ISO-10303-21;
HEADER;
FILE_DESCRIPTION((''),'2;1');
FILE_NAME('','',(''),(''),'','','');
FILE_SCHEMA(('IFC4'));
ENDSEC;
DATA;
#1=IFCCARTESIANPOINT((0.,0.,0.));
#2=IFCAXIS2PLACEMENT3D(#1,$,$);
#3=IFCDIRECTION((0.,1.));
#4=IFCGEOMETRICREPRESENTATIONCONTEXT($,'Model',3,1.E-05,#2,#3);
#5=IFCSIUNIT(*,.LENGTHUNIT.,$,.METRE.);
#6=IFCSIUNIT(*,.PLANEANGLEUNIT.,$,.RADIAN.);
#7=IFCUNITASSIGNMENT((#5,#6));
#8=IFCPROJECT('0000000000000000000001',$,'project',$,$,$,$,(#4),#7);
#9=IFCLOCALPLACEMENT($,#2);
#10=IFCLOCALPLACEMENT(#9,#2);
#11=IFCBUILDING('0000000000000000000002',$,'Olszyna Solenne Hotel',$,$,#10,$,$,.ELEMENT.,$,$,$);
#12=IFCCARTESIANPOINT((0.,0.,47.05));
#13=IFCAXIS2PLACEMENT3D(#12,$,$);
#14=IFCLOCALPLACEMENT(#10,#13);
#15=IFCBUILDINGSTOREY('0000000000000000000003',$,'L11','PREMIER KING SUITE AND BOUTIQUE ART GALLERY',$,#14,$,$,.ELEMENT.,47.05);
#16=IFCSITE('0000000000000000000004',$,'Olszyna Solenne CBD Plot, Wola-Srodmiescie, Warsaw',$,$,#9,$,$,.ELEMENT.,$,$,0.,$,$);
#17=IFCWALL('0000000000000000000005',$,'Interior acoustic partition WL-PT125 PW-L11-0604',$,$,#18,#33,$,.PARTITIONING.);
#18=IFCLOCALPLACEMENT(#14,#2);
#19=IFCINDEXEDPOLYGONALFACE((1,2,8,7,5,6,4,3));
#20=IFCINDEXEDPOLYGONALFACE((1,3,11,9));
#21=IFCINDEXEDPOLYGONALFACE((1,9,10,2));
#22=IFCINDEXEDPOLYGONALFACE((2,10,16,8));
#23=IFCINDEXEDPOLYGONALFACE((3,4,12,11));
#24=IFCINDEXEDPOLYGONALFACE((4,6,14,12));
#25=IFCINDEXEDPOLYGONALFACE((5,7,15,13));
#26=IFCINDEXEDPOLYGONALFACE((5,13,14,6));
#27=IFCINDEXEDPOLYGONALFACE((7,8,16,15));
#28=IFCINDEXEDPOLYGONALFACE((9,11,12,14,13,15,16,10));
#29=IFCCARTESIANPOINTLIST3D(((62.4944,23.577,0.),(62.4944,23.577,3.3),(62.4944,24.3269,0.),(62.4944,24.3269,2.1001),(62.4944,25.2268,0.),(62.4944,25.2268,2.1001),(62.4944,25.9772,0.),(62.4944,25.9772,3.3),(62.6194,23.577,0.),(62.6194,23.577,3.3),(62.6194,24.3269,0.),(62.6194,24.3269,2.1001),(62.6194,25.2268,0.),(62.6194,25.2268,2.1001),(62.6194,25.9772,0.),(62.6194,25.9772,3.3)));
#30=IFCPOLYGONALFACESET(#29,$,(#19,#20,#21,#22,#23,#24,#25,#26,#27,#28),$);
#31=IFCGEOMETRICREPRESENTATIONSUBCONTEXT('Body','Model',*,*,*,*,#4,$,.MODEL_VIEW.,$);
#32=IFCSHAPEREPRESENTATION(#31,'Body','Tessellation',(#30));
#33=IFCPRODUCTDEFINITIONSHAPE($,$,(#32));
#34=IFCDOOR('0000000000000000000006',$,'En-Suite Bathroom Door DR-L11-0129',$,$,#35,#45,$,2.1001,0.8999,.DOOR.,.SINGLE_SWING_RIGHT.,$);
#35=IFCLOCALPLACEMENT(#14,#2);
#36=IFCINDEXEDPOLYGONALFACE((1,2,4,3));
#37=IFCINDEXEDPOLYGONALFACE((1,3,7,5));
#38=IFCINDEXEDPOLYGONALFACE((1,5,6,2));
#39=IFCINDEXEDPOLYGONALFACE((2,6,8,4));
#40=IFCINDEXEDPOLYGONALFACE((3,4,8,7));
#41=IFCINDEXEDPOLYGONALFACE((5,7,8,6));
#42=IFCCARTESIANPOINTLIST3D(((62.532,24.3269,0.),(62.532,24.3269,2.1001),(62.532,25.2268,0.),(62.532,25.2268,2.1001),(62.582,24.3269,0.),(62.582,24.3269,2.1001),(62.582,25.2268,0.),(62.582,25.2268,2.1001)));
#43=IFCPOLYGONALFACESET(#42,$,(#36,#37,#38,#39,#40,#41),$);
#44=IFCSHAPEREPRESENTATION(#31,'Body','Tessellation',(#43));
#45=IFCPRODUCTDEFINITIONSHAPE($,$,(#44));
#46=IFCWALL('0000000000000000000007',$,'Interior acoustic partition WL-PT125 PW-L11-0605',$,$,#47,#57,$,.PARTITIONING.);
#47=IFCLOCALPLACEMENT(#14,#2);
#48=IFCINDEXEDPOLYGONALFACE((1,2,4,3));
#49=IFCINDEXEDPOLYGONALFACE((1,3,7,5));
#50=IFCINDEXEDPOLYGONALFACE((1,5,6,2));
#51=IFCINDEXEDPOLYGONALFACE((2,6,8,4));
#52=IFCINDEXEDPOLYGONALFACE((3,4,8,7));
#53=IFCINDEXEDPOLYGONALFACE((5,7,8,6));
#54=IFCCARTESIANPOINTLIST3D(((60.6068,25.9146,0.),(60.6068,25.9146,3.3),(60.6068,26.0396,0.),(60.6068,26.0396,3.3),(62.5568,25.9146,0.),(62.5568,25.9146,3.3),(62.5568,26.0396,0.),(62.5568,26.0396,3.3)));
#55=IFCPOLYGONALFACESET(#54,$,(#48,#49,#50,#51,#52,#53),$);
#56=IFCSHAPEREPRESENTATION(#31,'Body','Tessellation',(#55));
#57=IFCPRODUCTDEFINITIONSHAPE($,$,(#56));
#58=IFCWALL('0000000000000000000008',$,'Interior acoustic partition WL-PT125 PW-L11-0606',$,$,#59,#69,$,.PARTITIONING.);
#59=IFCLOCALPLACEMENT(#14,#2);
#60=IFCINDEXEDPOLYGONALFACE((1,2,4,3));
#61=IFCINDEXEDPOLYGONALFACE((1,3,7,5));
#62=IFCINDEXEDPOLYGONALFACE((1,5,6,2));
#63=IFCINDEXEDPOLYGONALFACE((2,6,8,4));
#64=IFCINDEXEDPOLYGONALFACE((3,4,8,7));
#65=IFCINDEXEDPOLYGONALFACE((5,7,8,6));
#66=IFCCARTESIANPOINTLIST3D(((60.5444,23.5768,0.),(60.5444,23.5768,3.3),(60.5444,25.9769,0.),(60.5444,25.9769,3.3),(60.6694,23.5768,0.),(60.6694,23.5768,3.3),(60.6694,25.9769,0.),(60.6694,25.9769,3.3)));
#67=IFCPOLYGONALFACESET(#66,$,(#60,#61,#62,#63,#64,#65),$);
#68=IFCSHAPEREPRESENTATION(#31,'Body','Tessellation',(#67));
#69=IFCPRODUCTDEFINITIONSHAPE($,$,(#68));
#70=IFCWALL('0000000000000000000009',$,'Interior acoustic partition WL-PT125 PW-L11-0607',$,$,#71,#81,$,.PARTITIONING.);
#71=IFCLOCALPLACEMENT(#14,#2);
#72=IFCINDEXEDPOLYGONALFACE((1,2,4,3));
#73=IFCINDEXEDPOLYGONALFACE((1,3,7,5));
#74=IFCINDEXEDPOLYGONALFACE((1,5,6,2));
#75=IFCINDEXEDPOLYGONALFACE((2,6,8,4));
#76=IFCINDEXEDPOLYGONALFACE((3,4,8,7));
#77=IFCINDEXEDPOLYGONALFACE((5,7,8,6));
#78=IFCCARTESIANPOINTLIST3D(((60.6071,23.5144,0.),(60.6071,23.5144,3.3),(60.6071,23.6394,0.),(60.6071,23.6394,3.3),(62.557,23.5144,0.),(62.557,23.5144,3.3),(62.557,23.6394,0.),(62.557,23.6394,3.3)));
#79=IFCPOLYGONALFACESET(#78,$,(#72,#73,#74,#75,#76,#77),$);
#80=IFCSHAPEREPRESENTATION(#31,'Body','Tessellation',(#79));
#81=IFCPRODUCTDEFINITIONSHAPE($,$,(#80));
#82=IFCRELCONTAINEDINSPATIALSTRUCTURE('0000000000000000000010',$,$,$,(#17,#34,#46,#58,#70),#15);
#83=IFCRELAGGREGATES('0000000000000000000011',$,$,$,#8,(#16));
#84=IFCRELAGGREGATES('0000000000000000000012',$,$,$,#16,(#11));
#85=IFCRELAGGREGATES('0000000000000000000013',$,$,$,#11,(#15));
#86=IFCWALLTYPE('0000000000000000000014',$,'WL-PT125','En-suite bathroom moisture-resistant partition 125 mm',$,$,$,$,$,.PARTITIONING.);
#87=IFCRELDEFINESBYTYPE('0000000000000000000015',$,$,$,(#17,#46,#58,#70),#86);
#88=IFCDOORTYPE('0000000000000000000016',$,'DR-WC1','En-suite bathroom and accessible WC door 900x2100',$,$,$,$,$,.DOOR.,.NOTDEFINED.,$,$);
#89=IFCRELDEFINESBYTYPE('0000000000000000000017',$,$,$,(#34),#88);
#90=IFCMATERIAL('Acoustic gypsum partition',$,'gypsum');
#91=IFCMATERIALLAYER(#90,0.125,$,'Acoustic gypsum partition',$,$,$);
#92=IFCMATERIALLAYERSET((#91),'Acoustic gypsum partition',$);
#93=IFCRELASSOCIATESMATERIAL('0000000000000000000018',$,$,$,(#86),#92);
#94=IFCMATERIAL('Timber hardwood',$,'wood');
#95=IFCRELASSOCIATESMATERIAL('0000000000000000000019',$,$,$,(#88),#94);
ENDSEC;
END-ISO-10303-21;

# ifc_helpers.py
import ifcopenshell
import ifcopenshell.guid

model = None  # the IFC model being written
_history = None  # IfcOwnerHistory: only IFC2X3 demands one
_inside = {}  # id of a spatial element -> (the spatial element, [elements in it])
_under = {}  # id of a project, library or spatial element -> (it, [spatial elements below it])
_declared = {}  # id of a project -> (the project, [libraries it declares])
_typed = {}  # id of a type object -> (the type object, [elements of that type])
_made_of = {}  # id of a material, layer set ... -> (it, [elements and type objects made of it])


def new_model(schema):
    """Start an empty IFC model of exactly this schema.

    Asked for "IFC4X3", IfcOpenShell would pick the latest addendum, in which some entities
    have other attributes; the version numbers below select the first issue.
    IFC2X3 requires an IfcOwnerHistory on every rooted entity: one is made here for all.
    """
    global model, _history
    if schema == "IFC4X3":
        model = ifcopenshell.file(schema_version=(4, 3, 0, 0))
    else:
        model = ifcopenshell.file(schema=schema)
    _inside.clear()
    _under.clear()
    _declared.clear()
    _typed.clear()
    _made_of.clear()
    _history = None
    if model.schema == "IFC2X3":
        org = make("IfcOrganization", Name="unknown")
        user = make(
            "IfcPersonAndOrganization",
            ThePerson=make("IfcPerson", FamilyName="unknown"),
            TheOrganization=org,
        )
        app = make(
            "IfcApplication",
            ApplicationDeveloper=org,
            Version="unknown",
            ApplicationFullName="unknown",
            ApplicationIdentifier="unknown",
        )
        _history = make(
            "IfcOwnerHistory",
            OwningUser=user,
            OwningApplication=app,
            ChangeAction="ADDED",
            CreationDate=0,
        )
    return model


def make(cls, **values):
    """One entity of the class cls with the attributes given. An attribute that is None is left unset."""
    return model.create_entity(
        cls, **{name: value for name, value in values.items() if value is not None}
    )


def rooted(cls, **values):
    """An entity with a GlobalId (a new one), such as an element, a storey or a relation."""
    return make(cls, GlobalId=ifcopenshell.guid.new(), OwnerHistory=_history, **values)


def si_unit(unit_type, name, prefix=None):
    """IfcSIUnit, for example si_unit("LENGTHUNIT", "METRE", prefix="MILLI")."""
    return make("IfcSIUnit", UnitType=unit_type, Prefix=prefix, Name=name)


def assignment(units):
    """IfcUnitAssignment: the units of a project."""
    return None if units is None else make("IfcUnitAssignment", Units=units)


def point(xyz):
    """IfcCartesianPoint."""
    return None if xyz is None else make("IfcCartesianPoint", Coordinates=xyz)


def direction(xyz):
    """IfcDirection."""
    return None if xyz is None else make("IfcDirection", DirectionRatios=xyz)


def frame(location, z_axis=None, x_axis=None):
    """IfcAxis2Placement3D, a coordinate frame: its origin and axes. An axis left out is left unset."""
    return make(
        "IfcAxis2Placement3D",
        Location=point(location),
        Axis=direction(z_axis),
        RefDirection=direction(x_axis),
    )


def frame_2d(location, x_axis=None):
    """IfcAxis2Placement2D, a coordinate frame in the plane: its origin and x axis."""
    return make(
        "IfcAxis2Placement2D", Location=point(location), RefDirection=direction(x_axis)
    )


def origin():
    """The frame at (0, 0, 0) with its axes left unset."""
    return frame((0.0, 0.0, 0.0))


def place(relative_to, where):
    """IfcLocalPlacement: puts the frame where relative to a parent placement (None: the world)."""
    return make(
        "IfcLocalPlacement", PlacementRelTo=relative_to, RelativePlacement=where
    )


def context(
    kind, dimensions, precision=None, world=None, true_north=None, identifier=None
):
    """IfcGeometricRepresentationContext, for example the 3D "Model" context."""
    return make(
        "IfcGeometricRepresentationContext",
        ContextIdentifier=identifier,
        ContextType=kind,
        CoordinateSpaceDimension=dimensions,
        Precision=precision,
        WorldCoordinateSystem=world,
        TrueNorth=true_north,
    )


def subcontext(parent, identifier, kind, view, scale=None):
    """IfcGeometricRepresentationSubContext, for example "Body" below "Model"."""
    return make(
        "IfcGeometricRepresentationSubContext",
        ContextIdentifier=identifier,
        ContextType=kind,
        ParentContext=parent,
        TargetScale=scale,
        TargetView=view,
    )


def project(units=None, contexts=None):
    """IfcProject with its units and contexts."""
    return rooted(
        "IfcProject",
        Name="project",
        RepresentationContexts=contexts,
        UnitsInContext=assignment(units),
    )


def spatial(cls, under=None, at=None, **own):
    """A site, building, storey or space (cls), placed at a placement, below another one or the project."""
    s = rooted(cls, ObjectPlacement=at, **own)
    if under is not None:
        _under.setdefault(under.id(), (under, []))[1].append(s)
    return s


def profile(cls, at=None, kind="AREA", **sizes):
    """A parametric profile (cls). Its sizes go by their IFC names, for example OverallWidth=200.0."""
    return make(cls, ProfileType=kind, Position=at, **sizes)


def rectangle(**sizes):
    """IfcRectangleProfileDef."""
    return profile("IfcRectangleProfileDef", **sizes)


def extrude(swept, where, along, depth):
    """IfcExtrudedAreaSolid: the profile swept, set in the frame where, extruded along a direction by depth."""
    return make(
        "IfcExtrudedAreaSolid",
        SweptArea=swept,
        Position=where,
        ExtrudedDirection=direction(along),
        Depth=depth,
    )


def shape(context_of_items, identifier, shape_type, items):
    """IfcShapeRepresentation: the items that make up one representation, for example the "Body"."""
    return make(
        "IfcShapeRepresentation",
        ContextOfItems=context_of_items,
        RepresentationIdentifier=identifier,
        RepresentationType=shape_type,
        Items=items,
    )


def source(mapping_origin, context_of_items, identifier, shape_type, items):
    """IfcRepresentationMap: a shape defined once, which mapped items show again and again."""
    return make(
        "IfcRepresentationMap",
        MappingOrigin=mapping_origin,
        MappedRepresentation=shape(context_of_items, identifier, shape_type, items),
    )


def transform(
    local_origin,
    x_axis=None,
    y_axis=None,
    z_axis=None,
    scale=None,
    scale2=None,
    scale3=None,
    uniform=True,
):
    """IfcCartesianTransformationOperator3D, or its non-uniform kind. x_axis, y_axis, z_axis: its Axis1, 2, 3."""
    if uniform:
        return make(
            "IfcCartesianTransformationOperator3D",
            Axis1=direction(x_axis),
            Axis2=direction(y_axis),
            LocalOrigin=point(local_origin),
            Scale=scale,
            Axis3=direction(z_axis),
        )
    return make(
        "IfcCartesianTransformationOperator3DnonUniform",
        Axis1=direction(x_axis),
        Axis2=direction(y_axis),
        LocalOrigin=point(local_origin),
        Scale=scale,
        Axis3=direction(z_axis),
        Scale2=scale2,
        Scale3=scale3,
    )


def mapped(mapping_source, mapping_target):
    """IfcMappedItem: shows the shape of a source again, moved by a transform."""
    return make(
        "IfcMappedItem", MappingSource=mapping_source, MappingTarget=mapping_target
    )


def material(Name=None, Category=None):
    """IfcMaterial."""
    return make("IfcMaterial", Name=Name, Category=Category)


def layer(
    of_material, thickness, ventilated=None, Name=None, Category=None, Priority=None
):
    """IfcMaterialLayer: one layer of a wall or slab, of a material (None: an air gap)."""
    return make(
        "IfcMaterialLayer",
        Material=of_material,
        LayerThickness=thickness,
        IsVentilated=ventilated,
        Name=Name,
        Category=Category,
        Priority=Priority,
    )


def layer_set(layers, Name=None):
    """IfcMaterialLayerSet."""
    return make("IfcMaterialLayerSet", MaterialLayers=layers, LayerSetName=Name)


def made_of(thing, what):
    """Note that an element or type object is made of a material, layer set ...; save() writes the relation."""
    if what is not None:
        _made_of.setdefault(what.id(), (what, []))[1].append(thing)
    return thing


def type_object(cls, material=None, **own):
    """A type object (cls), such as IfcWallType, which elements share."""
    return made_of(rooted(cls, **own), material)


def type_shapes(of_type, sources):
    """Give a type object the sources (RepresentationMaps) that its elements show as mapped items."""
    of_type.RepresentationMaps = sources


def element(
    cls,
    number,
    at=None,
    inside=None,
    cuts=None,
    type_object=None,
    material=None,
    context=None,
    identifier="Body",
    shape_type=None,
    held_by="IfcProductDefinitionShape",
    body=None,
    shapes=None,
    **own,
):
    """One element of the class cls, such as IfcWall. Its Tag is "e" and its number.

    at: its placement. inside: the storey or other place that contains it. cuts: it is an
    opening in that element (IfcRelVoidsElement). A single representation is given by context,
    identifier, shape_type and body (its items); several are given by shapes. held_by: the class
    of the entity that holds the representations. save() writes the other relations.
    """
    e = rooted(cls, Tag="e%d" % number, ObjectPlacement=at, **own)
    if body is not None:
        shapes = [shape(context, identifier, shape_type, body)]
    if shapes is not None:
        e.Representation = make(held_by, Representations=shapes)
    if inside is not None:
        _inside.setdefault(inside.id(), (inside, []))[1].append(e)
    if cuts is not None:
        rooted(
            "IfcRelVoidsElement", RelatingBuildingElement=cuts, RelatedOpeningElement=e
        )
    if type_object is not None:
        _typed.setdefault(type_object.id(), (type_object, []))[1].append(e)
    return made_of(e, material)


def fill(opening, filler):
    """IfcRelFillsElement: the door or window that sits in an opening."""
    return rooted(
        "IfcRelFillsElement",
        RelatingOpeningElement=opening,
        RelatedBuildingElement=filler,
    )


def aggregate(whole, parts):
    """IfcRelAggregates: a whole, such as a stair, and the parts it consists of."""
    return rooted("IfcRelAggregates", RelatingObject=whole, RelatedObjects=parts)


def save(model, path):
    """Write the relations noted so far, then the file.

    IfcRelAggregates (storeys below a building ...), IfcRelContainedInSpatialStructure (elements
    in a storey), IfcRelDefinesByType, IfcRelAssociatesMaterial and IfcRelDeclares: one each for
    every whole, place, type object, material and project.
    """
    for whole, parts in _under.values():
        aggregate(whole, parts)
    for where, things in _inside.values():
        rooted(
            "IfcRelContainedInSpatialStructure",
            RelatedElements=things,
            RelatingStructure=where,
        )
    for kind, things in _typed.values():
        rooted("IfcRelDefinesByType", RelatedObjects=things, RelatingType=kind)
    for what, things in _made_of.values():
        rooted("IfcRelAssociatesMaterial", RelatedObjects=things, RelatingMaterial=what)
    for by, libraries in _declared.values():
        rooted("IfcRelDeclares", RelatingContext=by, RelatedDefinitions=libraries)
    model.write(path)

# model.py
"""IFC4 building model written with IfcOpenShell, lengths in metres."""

from ifc_helpers import new_model, si_unit, direction, frame, frame_2d, origin, place, context, subcontext, project, spatial, rectangle, extrude, source, transform, mapped, material, layer, layer_set, type_object, type_shapes, element, fill, save


model = new_model("IFC4")

# Units and contexts
model_context = context("Model", 3, precision=1e-05, world=origin(), true_north=direction((0.0, 1.0)))
body_context = subcontext(model_context, "Body", "Model", "MODEL_VIEW")
ifc_project = project(units=[si_unit("LENGTHUNIT", "METRE"), si_unit("PLANEANGLEUNIT", "RADIAN")], contexts=[model_context])

# Site, building, storey
site_placement = place(None, origin())
site = spatial("IfcSite", under=ifc_project, at=site_placement, Name="Olszyna Solenne CBD Plot, Wola-Srodmiescie, Warsaw", CompositionType="ELEMENT", RefElevation=0.0)
building_placement = place(site_placement, origin())
building = spatial("IfcBuilding", under=site, at=building_placement, Name="Olszyna Solenne Hotel", CompositionType="ELEMENT")
storey_placement = place(building_placement, frame((0.0, 0.0, 47.05)))
storey = spatial("IfcBuildingStorey", under=building, at=storey_placement, Name="L11", Description="PREMIER KING SUITE AND BOUTIQUE ART GALLERY", CompositionType="ELEMENT", Elevation=47.05)

# Shared definitions
ifc_material_1 = material(Name="Acoustic gypsum partition", Category="gypsum")
ifc_layer = layer(ifc_material_1, 0.125, Name="Acoustic gypsum partition")
ifc_layer_set = layer_set([ifc_layer], Name="Acoustic gypsum partition")
wall_type = type_object("IfcWallType", Name="WL-PT125", Description="En-suite bathroom moisture-resistant partition 125 mm", PredefinedType="PARTITIONING", material=ifc_layer_set)
ifc_material_2 = material(Name="Timber hardwood", Category="wood")
door_type = type_object("IfcDoorType", Name="DR-WC1", Description="En-suite bathroom and accessible WC door 900x2100", OperationType="NOTDEFINED", PredefinedType="DOOR", material=ifc_material_2)
shared_shape_1 = source(origin(), body_context, "Body", "SweptSolid", [
    extrude(rectangle(XDim=0.8999, YDim=2.1001, at=frame_2d((0.45, 1.05))), frame((0.0, 0.0249, 0.0), z_axis=(0.0, -1.0, 0.0), x_axis=(1.0, 0.0, 0.0)), (0.0, 0.0, 1.0), 0.05),
])
type_shapes(door_type, [shared_shape_1])

# Wall, opening, door
wall_1_placement = place(storey_placement, frame((62.5569, 23.5769, 0.0), z_axis=(0.0, 0.0, 1.0), x_axis=(0.0, 1.0, 0.0)))
wall_1 = element("IfcWall", 1, at=wall_1_placement, inside=storey, type_object=wall_type, Name="Interior acoustic partition WL-PT125 PW-L11-0604", PredefinedType="PARTITIONING", context=body_context, shape_type="SweptSolid", body=[
    extrude(rectangle(XDim=2.4001, YDim=0.125, at=frame_2d((1.2002, 0.0))), origin(), (0.0, 0.0, 1.0), 3.3),
])
opening_1_placement = place(wall_1_placement, frame((0.75, 0.0, 0.0)))
opening_1 = element("IfcOpeningElement", 2, at=opening_1_placement, cuts=wall_1, PredefinedType="OPENING", context=body_context, shape_type="SweptSolid", body=[
    extrude(rectangle(XDim=0.8999, YDim=2.1001, at=frame_2d((0.45, 1.05))), frame((0.0, 0.0725, 0.0), z_axis=(0.0, -1.0, 0.0), x_axis=(1.0, 0.0, 0.0)), (0.0, 0.0, 1.0), 0.145),
])
door_1_placement = place(opening_1_placement, origin())
door_1 = element("IfcDoor", 3, at=door_1_placement, inside=storey, type_object=door_type, Name="En-Suite Bathroom Door DR-L11-0129", OperationType="SINGLE_SWING_RIGHT", OverallHeight=2.1001, OverallWidth=0.8999, PredefinedType="DOOR", context=body_context, shape_type="MappedRepresentation", body=[
    mapped(shared_shape_1, transform((0.0, 0.0, 0.0), x_axis=(1.0, 0.0, 0.0), y_axis=(0.0, 1.0, 0.0), z_axis=(0.0, 0.0, 1.0), scale=1.0)),
])
fill(opening_1, door_1)

# Walls
wall_2_placement = place(storey_placement, frame((62.5569, 25.9771, 0.0), z_axis=(0.0, 0.0, 1.0), x_axis=(-1.0, 0.0, 0.0)))
element("IfcWall", 4, at=wall_2_placement, inside=storey, type_object=wall_type, Name="Interior acoustic partition WL-PT125 PW-L11-0605", PredefinedType="PARTITIONING", context=body_context, shape_type="SweptSolid", body=[
    extrude(rectangle(XDim=1.95, YDim=0.125, at=frame_2d((0.9751, 0.0))), origin(), (0.0, 0.0, 1.0), 3.3),
])
wall_3_placement = place(storey_placement, frame((60.6069, 25.9771, 0.0), z_axis=(0.0, 0.0, 1.0), x_axis=(0.0, -1.0, 0.0)))
element("IfcWall", 5, at=wall_3_placement, inside=storey, type_object=wall_type, Name="Interior acoustic partition WL-PT125 PW-L11-0606", PredefinedType="PARTITIONING", context=body_context, shape_type="SweptSolid", body=[
    extrude(rectangle(XDim=2.4001, YDim=0.125, at=frame_2d((1.2002, 0.0))), origin(), (0.0, 0.0, 1.0), 3.3),
])
wall_4_placement = place(storey_placement, frame((60.6069, 23.5769, 0.0), z_axis=(0.0, 0.0, 1.0), x_axis=(1.0, 0.0, 0.0)))
element("IfcWall", 6, at=wall_4_placement, inside=storey, type_object=wall_type, Name="Interior acoustic partition WL-PT125 PW-L11-0607", PredefinedType="PARTITIONING", context=body_context, shape_type="SweptSolid", body=[
    extrude(rectangle(XDim=1.95, YDim=0.125, at=frame_2d((0.9751, 0.0))), origin(), (0.0, 0.0, 1.0), 3.3),
])

save(model, "model.ifc")
